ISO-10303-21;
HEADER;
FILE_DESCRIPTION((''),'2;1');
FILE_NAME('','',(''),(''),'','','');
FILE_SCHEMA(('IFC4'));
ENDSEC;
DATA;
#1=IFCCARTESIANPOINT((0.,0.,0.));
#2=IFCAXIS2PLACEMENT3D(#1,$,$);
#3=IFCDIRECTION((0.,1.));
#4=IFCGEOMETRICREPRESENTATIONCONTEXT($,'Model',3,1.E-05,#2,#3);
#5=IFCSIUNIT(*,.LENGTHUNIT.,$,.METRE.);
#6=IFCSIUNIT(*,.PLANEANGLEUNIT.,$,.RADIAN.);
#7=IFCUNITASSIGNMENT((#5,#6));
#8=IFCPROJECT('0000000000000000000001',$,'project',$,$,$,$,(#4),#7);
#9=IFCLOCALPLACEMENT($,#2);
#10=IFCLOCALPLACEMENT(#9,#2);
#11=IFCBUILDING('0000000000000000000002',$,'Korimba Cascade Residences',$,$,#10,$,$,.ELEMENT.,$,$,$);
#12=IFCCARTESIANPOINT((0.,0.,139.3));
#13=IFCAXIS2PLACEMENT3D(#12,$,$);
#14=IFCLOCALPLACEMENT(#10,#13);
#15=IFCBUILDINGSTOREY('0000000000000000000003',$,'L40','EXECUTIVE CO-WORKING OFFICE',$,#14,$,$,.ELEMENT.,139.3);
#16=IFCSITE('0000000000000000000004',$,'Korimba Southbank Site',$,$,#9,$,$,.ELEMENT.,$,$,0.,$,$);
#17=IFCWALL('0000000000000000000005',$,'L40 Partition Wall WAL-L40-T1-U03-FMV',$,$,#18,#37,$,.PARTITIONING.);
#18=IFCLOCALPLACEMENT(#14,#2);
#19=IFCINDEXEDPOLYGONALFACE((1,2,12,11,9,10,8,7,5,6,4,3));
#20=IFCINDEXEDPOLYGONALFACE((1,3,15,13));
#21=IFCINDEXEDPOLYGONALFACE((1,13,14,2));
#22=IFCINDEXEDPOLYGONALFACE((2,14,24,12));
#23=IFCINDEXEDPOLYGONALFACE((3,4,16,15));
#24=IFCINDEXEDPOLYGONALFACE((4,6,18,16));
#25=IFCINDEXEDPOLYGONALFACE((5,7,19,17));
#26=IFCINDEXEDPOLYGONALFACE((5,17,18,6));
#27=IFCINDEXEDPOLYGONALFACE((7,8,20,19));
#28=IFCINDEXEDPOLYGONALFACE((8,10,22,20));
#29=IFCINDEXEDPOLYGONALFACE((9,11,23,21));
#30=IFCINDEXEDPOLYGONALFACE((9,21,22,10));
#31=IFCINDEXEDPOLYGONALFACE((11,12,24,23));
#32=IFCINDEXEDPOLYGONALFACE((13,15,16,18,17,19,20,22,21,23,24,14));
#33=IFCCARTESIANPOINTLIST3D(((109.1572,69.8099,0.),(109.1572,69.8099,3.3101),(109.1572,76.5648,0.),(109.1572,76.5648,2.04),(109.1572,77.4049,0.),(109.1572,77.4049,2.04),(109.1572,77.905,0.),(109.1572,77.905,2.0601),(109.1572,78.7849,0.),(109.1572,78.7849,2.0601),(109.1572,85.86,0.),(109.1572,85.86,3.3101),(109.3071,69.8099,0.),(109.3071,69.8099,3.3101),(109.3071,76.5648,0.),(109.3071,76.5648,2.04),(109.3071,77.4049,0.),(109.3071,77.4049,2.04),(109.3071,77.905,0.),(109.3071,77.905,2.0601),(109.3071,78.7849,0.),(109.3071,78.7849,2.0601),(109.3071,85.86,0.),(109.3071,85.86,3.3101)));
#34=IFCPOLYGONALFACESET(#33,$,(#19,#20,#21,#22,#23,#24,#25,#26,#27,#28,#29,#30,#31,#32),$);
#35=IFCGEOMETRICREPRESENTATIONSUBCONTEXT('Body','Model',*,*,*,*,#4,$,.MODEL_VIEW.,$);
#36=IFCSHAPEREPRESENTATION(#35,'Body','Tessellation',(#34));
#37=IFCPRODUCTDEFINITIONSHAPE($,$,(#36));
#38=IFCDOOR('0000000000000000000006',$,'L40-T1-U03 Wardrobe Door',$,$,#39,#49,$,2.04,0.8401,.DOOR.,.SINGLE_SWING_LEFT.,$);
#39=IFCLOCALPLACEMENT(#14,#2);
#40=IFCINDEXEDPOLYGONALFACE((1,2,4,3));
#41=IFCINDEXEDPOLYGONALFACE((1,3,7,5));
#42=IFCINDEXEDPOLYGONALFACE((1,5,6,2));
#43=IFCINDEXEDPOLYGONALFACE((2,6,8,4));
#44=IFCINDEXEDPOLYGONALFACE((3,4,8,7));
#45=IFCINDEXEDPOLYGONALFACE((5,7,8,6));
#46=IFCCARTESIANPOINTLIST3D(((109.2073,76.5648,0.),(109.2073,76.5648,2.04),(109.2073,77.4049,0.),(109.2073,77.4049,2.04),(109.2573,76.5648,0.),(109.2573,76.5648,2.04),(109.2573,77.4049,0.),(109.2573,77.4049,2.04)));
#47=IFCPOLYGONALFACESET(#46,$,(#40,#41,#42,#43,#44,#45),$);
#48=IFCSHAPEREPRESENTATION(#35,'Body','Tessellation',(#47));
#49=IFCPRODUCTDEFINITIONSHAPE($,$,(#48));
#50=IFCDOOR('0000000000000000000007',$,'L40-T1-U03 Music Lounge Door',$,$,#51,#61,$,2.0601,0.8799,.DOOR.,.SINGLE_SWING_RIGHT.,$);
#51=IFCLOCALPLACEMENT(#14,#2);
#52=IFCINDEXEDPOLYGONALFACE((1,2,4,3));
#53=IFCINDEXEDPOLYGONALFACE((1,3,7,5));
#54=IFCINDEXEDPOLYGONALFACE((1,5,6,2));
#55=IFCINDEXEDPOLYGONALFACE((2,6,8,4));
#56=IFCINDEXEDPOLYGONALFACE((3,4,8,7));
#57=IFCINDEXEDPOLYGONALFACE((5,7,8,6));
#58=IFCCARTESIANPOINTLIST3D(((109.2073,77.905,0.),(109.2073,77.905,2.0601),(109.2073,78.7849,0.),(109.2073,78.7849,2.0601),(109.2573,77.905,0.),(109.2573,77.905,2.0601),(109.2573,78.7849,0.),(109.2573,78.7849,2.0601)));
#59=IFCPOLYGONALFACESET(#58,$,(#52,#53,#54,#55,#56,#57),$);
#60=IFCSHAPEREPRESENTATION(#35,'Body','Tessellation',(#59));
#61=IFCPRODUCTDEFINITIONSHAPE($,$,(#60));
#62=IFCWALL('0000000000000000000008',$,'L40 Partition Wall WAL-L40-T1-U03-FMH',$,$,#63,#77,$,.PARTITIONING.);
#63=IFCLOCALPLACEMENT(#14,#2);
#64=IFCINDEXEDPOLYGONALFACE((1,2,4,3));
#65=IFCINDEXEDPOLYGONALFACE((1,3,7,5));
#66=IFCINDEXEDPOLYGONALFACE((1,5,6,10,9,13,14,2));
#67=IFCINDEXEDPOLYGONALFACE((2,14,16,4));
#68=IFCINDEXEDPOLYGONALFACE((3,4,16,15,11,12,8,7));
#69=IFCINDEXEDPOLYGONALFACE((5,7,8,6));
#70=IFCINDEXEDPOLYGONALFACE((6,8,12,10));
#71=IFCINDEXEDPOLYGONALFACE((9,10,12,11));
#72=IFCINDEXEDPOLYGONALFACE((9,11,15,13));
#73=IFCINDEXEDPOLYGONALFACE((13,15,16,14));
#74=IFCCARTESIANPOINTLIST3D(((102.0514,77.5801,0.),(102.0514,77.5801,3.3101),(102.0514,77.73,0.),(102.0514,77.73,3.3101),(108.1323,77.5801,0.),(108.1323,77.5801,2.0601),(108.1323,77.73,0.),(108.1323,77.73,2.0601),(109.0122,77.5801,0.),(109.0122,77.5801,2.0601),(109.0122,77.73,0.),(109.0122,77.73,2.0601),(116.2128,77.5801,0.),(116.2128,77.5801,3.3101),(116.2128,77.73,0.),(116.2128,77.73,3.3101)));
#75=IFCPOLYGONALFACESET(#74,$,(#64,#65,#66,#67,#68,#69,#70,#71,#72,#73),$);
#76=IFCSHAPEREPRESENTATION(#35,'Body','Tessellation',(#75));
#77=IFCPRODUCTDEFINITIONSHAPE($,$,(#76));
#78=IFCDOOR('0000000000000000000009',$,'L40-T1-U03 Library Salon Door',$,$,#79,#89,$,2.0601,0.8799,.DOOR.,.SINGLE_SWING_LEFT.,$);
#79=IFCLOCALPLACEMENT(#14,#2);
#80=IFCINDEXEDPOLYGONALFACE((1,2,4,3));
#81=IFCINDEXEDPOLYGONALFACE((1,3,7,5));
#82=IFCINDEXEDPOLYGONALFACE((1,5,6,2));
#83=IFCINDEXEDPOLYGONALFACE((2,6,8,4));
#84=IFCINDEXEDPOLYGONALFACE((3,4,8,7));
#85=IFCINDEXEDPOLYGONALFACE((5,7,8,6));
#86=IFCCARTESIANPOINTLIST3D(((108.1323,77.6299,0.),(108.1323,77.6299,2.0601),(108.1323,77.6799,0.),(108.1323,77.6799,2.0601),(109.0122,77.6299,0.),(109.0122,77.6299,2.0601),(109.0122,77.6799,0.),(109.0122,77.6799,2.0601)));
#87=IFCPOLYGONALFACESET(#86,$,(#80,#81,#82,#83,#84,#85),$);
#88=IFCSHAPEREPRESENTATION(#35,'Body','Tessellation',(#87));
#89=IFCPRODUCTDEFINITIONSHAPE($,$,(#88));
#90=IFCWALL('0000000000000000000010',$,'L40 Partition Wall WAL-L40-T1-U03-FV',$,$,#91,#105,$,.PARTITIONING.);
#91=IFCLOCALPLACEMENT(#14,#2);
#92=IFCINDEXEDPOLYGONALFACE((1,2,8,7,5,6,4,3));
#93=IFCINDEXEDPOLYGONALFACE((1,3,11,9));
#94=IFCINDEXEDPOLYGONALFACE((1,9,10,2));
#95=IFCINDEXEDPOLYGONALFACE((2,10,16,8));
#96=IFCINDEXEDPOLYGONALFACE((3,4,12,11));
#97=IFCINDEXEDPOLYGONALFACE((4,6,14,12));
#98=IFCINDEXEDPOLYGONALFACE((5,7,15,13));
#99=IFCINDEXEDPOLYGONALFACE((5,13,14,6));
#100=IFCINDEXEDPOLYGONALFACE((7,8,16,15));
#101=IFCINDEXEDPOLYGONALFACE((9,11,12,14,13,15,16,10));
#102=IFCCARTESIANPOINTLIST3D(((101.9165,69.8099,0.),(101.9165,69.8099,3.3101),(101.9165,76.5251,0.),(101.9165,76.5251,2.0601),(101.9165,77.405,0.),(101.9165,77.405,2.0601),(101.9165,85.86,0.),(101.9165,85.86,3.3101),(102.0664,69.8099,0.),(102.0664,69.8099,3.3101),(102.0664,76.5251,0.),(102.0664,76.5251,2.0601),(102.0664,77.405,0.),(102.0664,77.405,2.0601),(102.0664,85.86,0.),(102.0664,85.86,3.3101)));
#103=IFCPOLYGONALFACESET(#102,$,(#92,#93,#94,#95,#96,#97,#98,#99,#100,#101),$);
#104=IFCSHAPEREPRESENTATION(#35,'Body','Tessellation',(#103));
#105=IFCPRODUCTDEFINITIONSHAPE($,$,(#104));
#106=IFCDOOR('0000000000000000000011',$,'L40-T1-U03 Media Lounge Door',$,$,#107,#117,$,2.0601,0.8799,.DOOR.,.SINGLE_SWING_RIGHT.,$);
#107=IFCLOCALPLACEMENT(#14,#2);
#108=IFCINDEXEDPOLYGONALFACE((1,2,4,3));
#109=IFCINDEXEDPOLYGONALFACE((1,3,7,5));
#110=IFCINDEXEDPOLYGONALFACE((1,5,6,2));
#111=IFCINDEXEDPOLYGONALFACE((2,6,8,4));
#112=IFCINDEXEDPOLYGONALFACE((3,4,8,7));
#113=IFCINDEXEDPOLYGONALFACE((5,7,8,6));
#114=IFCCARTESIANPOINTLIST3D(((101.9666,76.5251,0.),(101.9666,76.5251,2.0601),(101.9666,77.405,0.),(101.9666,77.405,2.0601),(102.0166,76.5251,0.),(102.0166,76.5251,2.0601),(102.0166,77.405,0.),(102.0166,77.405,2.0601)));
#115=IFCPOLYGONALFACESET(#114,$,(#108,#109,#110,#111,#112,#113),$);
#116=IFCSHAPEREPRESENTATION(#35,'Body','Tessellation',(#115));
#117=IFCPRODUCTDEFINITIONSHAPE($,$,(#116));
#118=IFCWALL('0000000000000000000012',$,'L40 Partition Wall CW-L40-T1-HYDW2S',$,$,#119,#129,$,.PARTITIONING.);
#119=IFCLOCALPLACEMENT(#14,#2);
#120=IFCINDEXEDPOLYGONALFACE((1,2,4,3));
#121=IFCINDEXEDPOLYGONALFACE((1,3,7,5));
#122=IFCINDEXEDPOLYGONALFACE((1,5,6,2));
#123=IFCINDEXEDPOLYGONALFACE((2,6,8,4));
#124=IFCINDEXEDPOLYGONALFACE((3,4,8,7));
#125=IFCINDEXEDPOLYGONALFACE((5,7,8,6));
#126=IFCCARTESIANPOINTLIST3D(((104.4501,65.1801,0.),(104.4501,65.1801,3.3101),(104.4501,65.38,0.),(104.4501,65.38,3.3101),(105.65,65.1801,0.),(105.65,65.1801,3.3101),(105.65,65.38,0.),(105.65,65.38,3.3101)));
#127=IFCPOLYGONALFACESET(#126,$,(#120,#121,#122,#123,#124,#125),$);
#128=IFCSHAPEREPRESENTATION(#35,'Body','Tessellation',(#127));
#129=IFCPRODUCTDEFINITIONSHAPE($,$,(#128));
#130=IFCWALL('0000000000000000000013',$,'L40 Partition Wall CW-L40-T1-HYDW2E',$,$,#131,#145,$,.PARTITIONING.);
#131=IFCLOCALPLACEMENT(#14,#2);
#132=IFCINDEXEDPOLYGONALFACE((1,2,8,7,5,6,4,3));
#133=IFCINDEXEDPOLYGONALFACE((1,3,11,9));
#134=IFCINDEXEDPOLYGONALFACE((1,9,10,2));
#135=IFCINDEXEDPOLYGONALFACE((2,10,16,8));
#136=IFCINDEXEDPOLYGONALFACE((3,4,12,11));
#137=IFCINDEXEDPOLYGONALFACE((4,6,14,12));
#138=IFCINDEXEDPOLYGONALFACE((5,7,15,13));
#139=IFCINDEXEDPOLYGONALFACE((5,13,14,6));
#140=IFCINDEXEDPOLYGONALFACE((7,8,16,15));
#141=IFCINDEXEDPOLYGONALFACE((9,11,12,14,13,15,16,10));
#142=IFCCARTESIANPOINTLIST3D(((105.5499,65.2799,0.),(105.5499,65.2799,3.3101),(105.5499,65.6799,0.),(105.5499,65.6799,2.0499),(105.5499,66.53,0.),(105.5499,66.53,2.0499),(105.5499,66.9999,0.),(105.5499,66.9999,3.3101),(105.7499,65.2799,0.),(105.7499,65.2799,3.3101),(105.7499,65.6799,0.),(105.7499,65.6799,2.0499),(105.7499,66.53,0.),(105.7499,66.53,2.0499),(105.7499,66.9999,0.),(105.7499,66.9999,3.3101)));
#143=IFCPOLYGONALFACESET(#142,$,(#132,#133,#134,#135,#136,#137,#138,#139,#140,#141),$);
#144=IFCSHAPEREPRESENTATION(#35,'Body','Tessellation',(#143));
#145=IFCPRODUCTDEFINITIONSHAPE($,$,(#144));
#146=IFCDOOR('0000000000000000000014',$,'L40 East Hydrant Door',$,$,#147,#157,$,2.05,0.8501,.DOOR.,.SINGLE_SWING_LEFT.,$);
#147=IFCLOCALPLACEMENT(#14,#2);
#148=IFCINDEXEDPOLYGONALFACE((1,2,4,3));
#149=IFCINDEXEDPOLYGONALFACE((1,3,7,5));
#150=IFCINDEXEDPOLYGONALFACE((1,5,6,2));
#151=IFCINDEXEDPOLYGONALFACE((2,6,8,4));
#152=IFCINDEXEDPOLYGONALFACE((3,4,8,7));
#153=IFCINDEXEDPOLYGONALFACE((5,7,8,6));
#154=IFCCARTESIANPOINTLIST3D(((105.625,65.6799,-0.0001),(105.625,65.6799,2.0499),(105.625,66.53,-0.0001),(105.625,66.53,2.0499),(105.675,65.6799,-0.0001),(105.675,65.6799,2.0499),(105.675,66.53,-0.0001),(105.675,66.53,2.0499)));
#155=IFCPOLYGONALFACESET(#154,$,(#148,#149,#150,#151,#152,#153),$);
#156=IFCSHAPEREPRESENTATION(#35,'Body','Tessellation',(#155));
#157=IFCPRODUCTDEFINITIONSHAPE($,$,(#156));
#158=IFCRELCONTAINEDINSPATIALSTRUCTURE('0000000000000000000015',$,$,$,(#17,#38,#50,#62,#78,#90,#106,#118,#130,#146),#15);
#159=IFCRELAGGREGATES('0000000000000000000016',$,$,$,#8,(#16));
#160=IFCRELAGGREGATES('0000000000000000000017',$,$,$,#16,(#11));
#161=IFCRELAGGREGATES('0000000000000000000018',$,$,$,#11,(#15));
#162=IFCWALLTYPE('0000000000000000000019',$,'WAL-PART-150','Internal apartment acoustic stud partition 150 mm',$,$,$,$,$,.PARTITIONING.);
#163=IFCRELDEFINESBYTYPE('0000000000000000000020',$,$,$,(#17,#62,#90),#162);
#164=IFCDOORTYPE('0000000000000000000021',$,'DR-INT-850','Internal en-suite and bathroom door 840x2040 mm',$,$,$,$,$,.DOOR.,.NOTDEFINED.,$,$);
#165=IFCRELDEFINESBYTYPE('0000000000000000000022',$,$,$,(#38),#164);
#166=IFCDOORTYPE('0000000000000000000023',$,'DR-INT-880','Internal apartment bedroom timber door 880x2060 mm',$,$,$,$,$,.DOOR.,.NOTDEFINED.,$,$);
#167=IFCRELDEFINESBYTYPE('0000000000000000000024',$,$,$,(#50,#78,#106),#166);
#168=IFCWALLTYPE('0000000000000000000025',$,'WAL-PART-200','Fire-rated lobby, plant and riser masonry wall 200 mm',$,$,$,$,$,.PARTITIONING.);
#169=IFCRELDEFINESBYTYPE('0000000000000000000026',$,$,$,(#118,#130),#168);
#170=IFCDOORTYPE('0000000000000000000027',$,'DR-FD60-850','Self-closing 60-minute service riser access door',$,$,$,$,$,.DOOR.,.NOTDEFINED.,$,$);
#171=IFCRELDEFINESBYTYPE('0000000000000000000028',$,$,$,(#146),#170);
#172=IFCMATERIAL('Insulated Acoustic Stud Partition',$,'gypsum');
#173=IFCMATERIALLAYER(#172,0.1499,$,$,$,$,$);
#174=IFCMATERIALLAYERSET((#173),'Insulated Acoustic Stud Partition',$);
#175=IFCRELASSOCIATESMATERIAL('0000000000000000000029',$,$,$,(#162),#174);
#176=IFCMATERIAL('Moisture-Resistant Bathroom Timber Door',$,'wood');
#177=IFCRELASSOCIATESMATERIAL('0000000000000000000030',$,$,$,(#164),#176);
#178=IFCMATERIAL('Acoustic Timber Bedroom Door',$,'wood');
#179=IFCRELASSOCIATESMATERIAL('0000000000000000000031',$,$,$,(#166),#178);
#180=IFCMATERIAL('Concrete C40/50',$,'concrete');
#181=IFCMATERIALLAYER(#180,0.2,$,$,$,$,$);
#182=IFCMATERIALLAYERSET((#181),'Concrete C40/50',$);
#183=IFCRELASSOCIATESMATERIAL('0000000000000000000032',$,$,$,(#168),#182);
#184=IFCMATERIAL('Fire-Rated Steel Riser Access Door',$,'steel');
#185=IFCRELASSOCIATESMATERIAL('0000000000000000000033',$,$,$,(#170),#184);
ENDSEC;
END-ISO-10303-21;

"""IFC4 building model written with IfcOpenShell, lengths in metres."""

from ifc_helpers import new_model, si_unit, direction, frame, frame_2d, origin, place, context, subcontext, project, spatial, rectangle, extrude, material, layer, layer_set, type_object, element, fill, save


model = new_model("IFC4")

# Units and contexts
model_context = context("Model", 3, precision=1e-05, world=origin(), true_north=direction((0.0, 1.0)))
body_context = subcontext(model_context, "Body", "Model", "MODEL_VIEW")
ifc_project = project(units=[si_unit("LENGTHUNIT", "METRE"), si_unit("PLANEANGLEUNIT", "RADIAN")], contexts=[model_context])

# Site, building, storey
site_placement = place(None, origin())
site = spatial("IfcSite", under=ifc_project, at=site_placement, Name="Korimba Southbank Site", CompositionType="ELEMENT", RefElevation=0.0)
building_placement = place(site_placement, origin())
building = spatial("IfcBuilding", under=site, at=building_placement, Name="Korimba Cascade Residences", CompositionType="ELEMENT")
storey_placement = place(building_placement, frame((0.0, 0.0, 139.3)))
storey = spatial("IfcBuildingStorey", under=building, at=storey_placement, Name="L40", Description="EXECUTIVE CO-WORKING OFFICE", CompositionType="ELEMENT", Elevation=139.3)

# Wall, openings, doors
ifc_material_1 = material(Name="Insulated Acoustic Stud Partition", Category="gypsum")
ifc_layer_1 = layer(ifc_material_1, 0.1499)
ifc_layer_set_1 = layer_set([ifc_layer_1], Name="Insulated Acoustic Stud Partition")
wall_type_1 = type_object("IfcWallType", Name="WAL-PART-150", Description="Internal apartment acoustic stud partition 150 mm", PredefinedType="PARTITIONING", material=ifc_layer_set_1)
wall_1_placement = place(storey_placement, frame((109.2322, 69.8101, 0.0), z_axis=(0.0, 0.0, 1.0), x_axis=(0.0, 1.0, 0.0)))
wall_1 = element("IfcWall", 1, at=wall_1_placement, inside=storey, type_object=wall_type_1, Name="L40 Partition Wall WAL-L40-T1-U03-FMV", PredefinedType="PARTITIONING", context=body_context, shape_type="SweptSolid", body=[
    extrude(rectangle(XDim=16.05, YDim=0.1499, at=frame_2d((8.0249, 0.0))), origin(), (0.0, 0.0, 1.0), 3.3101),
])
opening_1_placement = place(wall_1_placement, frame((6.7549, 0.0, 0.0)))
opening_1 = element("IfcOpeningElement", 2, at=opening_1_placement, cuts=wall_1, PredefinedType="OPENING", context=body_context, shape_type="SweptSolid", body=[
    extrude(rectangle(XDim=0.8401, YDim=2.04, at=frame_2d((0.4199, 1.02))), frame((0.0, 0.085, 0.0), z_axis=(0.0, -1.0, 0.0), x_axis=(1.0, 0.0, 0.0)), (0.0, 0.0, 1.0), 0.1699),
])
opening_2_placement = place(wall_1_placement, frame((8.095, 0.0, 0.0)))
opening_2 = element("IfcOpeningElement", 3, at=opening_2_placement, cuts=wall_1, PredefinedType="OPENING", context=body_context, shape_type="SweptSolid", body=[
    extrude(rectangle(XDim=0.8799, YDim=2.0601, at=frame_2d((0.4399, 1.03))), frame((0.0, 0.085, 0.0), z_axis=(0.0, -1.0, 0.0), x_axis=(1.0, 0.0, 0.0)), (0.0, 0.0, 1.0), 0.1699),
])
ifc_material_2 = material(Name="Moisture-Resistant Bathroom Timber Door", Category="wood")
door_type_1 = type_object("IfcDoorType", Name="DR-INT-850", Description="Internal en-suite and bathroom door 840x2040 mm", OperationType="NOTDEFINED", PredefinedType="DOOR", material=ifc_material_2)
door_1_placement = place(opening_1_placement, origin())
door_1 = element("IfcDoor", 4, at=door_1_placement, inside=storey, type_object=door_type_1, Name="L40-T1-U03 Wardrobe Door", OperationType="SINGLE_SWING_LEFT", OverallHeight=2.04, OverallWidth=0.8401, PredefinedType="DOOR", context=body_context, shape_type="SweptSolid", body=[
    extrude(rectangle(XDim=0.8401, YDim=2.04, at=frame_2d((0.4199, 1.02))), frame((0.0, 0.0249, 0.0), z_axis=(0.0, -1.0, 0.0), x_axis=(1.0, 0.0, 0.0)), (0.0, 0.0, 1.0), 0.05),
])
fill(opening_1, door_1)
ifc_material_3 = material(Name="Acoustic Timber Bedroom Door", Category="wood")
door_type_2 = type_object("IfcDoorType", Name="DR-INT-880", Description="Internal apartment bedroom timber door 880x2060 mm", OperationType="NOTDEFINED", PredefinedType="DOOR", material=ifc_material_3)
door_2_placement = place(opening_2_placement, origin())
door_2 = element("IfcDoor", 5, at=door_2_placement, inside=storey, type_object=door_type_2, Name="L40-T1-U03 Music Lounge Door", OperationType="SINGLE_SWING_RIGHT", OverallHeight=2.0601, OverallWidth=0.8799, PredefinedType="DOOR", context=body_context, shape_type="SweptSolid", body=[
    extrude(rectangle(XDim=0.8799, YDim=2.0601, at=frame_2d((0.4399, 1.03))), frame((0.0, 0.0249, 0.0), z_axis=(0.0, -1.0, 0.0), x_axis=(1.0, 0.0, 0.0)), (0.0, 0.0, 1.0), 0.05),
])
fill(opening_2, door_2)

# Walls, openings, doors
wall_2_placement = place(storey_placement, frame((102.0515, 77.655, 0.0), z_axis=(0.0, 0.0, 1.0), x_axis=(1.0, 0.0, 0.0)))
wall_2 = element("IfcWall", 6, at=wall_2_placement, inside=storey, type_object=wall_type_1, Name="L40 Partition Wall WAL-L40-T1-U03-FMH", PredefinedType="PARTITIONING", context=body_context, shape_type="SweptSolid", body=[
    extrude(rectangle(XDim=14.1614, YDim=0.1499, at=frame_2d((7.0806, 0.0))), origin(), (0.0, 0.0, 1.0), 3.3101),
])
opening_3_placement = place(wall_2_placement, frame((6.0808, 0.0, 0.0)))
opening_3 = element("IfcOpeningElement", 7, at=opening_3_placement, cuts=wall_2, PredefinedType="OPENING", context=body_context, shape_type="SweptSolid", body=[
    extrude(rectangle(XDim=0.8799, YDim=2.0601, at=frame_2d((0.4399, 1.03))), frame((0.0, 0.085, 0.0), z_axis=(0.0, -1.0, 0.0), x_axis=(1.0, 0.0, 0.0)), (0.0, 0.0, 1.0), 0.1699),
])
door_3_placement = place(opening_3_placement, origin())
door_3 = element("IfcDoor", 8, at=door_3_placement, inside=storey, type_object=door_type_2, Name="L40-T1-U03 Library Salon Door", OperationType="SINGLE_SWING_LEFT", OverallHeight=2.0601, OverallWidth=0.8799, PredefinedType="DOOR", context=body_context, shape_type="SweptSolid", body=[
    extrude(rectangle(XDim=0.8799, YDim=2.0601, at=frame_2d((0.4399, 1.03))), frame((0.0, 0.0249, 0.0), z_axis=(0.0, -1.0, 0.0), x_axis=(1.0, 0.0, 0.0)), (0.0, 0.0, 1.0), 0.05),
])
fill(opening_3, door_3)
wall_3_placement = place(storey_placement, frame((101.9915, 69.8101, 0.0), z_axis=(0.0, 0.0, 1.0), x_axis=(0.0, 1.0, 0.0)))
wall_3 = element("IfcWall", 9, at=wall_3_placement, inside=storey, type_object=wall_type_1, Name="L40 Partition Wall WAL-L40-T1-U03-FV", PredefinedType="PARTITIONING", context=body_context, shape_type="SweptSolid", body=[
    extrude(rectangle(XDim=16.05, YDim=0.1499, at=frame_2d((8.0249, 0.0))), origin(), (0.0, 0.0, 1.0), 3.3101),
])
opening_4_placement = place(wall_3_placement, frame((6.7151, 0.0, 0.0)))
opening_4 = element("IfcOpeningElement", 10, at=opening_4_placement, cuts=wall_3, PredefinedType="OPENING", context=body_context, shape_type="SweptSolid", body=[
    extrude(rectangle(XDim=0.8799, YDim=2.0601, at=frame_2d((0.4399, 1.03))), frame((0.0, 0.085, 0.0), z_axis=(0.0, -1.0, 0.0), x_axis=(1.0, 0.0, 0.0)), (0.0, 0.0, 1.0), 0.1699),
])
door_4_placement = place(opening_4_placement, origin())
door_4 = element("IfcDoor", 11, at=door_4_placement, inside=storey, type_object=door_type_2, Name="L40-T1-U03 Media Lounge Door", OperationType="SINGLE_SWING_RIGHT", OverallHeight=2.0601, OverallWidth=0.8799, PredefinedType="DOOR", context=body_context, shape_type="SweptSolid", body=[
    extrude(rectangle(XDim=0.8799, YDim=2.0601, at=frame_2d((0.4399, 1.03))), frame((0.0, 0.0249, 0.0), z_axis=(0.0, -1.0, 0.0), x_axis=(1.0, 0.0, 0.0)), (0.0, 0.0, 1.0), 0.05),
])
fill(opening_4, door_4)

# Wall
ifc_material_4 = material(Name="Concrete C40/50", Category="concrete")
ifc_layer_2 = layer(ifc_material_4, 0.2)
ifc_layer_set_2 = layer_set([ifc_layer_2], Name="Concrete C40/50")
wall_type_2 = type_object("IfcWallType", Name="WAL-PART-200", Description="Fire-rated lobby, plant and riser masonry wall 200 mm", PredefinedType="PARTITIONING", material=ifc_layer_set_2)
wall_4_placement = place(storey_placement, frame((104.45, 65.28, 0.0), z_axis=(0.0, 0.0, 1.0), x_axis=(1.0, 0.0, 0.0)))
element("IfcWall", 12, at=wall_4_placement, inside=storey, type_object=wall_type_2, Name="L40 Partition Wall CW-L40-T1-HYDW2S", PredefinedType="PARTITIONING", context=body_context, shape_type="SweptSolid", body=[
    extrude(rectangle(XDim=1.2, YDim=0.2, at=frame_2d((0.6001, 0.0))), origin(), (0.0, 0.0, 1.0), 3.3101),
])

# Wall, opening, door
wall_5_placement = place(storey_placement, frame((105.6499, 65.28, 0.0), z_axis=(0.0, 0.0, 1.0), x_axis=(0.0, 1.0, 0.0)))
wall_5 = element("IfcWall", 13, at=wall_5_placement, inside=storey, type_object=wall_type_2, Name="L40 Partition Wall CW-L40-T1-HYDW2E", PredefinedType="PARTITIONING", context=body_context, shape_type="SweptSolid", body=[
    extrude(rectangle(XDim=1.72, YDim=0.2, at=frame_2d((0.8599, 0.0))), origin(), (0.0, 0.0, 1.0), 3.3101),
])
opening_5_placement = place(wall_5_placement, frame((0.3999, 0.0, 0.0)))
opening_5 = element("IfcOpeningElement", 14, at=opening_5_placement, cuts=wall_5, PredefinedType="OPENING", context=body_context, shape_type="SweptSolid", body=[
    extrude(rectangle(XDim=0.8501, YDim=2.05, at=frame_2d((0.425, 1.0249))), frame((0.0, 0.1099, 0.0), z_axis=(0.0, -1.0, 0.0), x_axis=(1.0, 0.0, 0.0)), (0.0, 0.0, 1.0), 0.22),
])
ifc_material_5 = material(Name="Fire-Rated Steel Riser Access Door", Category="steel")
door_type_3 = type_object("IfcDoorType", Name="DR-FD60-850", Description="Self-closing 60-minute service riser access door", OperationType="NOTDEFINED", PredefinedType="DOOR", material=ifc_material_5)
door_5_placement = place(opening_5_placement, origin())
door_5 = element("IfcDoor", 15, at=door_5_placement, inside=storey, type_object=door_type_3, Name="L40 East Hydrant Door", OperationType="SINGLE_SWING_LEFT", OverallHeight=2.05, OverallWidth=0.8501, PredefinedType="DOOR", context=body_context, shape_type="SweptSolid", body=[
    extrude(rectangle(XDim=0.8501, YDim=2.05, at=frame_2d((0.425, 1.0249))), frame((0.0, 0.0249, 0.0), z_axis=(0.0, -1.0, 0.0), x_axis=(1.0, 0.0, 0.0)), (0.0, 0.0, 1.0), 0.05),
])
fill(opening_5, door_5)

save(model, "model.ifc")
